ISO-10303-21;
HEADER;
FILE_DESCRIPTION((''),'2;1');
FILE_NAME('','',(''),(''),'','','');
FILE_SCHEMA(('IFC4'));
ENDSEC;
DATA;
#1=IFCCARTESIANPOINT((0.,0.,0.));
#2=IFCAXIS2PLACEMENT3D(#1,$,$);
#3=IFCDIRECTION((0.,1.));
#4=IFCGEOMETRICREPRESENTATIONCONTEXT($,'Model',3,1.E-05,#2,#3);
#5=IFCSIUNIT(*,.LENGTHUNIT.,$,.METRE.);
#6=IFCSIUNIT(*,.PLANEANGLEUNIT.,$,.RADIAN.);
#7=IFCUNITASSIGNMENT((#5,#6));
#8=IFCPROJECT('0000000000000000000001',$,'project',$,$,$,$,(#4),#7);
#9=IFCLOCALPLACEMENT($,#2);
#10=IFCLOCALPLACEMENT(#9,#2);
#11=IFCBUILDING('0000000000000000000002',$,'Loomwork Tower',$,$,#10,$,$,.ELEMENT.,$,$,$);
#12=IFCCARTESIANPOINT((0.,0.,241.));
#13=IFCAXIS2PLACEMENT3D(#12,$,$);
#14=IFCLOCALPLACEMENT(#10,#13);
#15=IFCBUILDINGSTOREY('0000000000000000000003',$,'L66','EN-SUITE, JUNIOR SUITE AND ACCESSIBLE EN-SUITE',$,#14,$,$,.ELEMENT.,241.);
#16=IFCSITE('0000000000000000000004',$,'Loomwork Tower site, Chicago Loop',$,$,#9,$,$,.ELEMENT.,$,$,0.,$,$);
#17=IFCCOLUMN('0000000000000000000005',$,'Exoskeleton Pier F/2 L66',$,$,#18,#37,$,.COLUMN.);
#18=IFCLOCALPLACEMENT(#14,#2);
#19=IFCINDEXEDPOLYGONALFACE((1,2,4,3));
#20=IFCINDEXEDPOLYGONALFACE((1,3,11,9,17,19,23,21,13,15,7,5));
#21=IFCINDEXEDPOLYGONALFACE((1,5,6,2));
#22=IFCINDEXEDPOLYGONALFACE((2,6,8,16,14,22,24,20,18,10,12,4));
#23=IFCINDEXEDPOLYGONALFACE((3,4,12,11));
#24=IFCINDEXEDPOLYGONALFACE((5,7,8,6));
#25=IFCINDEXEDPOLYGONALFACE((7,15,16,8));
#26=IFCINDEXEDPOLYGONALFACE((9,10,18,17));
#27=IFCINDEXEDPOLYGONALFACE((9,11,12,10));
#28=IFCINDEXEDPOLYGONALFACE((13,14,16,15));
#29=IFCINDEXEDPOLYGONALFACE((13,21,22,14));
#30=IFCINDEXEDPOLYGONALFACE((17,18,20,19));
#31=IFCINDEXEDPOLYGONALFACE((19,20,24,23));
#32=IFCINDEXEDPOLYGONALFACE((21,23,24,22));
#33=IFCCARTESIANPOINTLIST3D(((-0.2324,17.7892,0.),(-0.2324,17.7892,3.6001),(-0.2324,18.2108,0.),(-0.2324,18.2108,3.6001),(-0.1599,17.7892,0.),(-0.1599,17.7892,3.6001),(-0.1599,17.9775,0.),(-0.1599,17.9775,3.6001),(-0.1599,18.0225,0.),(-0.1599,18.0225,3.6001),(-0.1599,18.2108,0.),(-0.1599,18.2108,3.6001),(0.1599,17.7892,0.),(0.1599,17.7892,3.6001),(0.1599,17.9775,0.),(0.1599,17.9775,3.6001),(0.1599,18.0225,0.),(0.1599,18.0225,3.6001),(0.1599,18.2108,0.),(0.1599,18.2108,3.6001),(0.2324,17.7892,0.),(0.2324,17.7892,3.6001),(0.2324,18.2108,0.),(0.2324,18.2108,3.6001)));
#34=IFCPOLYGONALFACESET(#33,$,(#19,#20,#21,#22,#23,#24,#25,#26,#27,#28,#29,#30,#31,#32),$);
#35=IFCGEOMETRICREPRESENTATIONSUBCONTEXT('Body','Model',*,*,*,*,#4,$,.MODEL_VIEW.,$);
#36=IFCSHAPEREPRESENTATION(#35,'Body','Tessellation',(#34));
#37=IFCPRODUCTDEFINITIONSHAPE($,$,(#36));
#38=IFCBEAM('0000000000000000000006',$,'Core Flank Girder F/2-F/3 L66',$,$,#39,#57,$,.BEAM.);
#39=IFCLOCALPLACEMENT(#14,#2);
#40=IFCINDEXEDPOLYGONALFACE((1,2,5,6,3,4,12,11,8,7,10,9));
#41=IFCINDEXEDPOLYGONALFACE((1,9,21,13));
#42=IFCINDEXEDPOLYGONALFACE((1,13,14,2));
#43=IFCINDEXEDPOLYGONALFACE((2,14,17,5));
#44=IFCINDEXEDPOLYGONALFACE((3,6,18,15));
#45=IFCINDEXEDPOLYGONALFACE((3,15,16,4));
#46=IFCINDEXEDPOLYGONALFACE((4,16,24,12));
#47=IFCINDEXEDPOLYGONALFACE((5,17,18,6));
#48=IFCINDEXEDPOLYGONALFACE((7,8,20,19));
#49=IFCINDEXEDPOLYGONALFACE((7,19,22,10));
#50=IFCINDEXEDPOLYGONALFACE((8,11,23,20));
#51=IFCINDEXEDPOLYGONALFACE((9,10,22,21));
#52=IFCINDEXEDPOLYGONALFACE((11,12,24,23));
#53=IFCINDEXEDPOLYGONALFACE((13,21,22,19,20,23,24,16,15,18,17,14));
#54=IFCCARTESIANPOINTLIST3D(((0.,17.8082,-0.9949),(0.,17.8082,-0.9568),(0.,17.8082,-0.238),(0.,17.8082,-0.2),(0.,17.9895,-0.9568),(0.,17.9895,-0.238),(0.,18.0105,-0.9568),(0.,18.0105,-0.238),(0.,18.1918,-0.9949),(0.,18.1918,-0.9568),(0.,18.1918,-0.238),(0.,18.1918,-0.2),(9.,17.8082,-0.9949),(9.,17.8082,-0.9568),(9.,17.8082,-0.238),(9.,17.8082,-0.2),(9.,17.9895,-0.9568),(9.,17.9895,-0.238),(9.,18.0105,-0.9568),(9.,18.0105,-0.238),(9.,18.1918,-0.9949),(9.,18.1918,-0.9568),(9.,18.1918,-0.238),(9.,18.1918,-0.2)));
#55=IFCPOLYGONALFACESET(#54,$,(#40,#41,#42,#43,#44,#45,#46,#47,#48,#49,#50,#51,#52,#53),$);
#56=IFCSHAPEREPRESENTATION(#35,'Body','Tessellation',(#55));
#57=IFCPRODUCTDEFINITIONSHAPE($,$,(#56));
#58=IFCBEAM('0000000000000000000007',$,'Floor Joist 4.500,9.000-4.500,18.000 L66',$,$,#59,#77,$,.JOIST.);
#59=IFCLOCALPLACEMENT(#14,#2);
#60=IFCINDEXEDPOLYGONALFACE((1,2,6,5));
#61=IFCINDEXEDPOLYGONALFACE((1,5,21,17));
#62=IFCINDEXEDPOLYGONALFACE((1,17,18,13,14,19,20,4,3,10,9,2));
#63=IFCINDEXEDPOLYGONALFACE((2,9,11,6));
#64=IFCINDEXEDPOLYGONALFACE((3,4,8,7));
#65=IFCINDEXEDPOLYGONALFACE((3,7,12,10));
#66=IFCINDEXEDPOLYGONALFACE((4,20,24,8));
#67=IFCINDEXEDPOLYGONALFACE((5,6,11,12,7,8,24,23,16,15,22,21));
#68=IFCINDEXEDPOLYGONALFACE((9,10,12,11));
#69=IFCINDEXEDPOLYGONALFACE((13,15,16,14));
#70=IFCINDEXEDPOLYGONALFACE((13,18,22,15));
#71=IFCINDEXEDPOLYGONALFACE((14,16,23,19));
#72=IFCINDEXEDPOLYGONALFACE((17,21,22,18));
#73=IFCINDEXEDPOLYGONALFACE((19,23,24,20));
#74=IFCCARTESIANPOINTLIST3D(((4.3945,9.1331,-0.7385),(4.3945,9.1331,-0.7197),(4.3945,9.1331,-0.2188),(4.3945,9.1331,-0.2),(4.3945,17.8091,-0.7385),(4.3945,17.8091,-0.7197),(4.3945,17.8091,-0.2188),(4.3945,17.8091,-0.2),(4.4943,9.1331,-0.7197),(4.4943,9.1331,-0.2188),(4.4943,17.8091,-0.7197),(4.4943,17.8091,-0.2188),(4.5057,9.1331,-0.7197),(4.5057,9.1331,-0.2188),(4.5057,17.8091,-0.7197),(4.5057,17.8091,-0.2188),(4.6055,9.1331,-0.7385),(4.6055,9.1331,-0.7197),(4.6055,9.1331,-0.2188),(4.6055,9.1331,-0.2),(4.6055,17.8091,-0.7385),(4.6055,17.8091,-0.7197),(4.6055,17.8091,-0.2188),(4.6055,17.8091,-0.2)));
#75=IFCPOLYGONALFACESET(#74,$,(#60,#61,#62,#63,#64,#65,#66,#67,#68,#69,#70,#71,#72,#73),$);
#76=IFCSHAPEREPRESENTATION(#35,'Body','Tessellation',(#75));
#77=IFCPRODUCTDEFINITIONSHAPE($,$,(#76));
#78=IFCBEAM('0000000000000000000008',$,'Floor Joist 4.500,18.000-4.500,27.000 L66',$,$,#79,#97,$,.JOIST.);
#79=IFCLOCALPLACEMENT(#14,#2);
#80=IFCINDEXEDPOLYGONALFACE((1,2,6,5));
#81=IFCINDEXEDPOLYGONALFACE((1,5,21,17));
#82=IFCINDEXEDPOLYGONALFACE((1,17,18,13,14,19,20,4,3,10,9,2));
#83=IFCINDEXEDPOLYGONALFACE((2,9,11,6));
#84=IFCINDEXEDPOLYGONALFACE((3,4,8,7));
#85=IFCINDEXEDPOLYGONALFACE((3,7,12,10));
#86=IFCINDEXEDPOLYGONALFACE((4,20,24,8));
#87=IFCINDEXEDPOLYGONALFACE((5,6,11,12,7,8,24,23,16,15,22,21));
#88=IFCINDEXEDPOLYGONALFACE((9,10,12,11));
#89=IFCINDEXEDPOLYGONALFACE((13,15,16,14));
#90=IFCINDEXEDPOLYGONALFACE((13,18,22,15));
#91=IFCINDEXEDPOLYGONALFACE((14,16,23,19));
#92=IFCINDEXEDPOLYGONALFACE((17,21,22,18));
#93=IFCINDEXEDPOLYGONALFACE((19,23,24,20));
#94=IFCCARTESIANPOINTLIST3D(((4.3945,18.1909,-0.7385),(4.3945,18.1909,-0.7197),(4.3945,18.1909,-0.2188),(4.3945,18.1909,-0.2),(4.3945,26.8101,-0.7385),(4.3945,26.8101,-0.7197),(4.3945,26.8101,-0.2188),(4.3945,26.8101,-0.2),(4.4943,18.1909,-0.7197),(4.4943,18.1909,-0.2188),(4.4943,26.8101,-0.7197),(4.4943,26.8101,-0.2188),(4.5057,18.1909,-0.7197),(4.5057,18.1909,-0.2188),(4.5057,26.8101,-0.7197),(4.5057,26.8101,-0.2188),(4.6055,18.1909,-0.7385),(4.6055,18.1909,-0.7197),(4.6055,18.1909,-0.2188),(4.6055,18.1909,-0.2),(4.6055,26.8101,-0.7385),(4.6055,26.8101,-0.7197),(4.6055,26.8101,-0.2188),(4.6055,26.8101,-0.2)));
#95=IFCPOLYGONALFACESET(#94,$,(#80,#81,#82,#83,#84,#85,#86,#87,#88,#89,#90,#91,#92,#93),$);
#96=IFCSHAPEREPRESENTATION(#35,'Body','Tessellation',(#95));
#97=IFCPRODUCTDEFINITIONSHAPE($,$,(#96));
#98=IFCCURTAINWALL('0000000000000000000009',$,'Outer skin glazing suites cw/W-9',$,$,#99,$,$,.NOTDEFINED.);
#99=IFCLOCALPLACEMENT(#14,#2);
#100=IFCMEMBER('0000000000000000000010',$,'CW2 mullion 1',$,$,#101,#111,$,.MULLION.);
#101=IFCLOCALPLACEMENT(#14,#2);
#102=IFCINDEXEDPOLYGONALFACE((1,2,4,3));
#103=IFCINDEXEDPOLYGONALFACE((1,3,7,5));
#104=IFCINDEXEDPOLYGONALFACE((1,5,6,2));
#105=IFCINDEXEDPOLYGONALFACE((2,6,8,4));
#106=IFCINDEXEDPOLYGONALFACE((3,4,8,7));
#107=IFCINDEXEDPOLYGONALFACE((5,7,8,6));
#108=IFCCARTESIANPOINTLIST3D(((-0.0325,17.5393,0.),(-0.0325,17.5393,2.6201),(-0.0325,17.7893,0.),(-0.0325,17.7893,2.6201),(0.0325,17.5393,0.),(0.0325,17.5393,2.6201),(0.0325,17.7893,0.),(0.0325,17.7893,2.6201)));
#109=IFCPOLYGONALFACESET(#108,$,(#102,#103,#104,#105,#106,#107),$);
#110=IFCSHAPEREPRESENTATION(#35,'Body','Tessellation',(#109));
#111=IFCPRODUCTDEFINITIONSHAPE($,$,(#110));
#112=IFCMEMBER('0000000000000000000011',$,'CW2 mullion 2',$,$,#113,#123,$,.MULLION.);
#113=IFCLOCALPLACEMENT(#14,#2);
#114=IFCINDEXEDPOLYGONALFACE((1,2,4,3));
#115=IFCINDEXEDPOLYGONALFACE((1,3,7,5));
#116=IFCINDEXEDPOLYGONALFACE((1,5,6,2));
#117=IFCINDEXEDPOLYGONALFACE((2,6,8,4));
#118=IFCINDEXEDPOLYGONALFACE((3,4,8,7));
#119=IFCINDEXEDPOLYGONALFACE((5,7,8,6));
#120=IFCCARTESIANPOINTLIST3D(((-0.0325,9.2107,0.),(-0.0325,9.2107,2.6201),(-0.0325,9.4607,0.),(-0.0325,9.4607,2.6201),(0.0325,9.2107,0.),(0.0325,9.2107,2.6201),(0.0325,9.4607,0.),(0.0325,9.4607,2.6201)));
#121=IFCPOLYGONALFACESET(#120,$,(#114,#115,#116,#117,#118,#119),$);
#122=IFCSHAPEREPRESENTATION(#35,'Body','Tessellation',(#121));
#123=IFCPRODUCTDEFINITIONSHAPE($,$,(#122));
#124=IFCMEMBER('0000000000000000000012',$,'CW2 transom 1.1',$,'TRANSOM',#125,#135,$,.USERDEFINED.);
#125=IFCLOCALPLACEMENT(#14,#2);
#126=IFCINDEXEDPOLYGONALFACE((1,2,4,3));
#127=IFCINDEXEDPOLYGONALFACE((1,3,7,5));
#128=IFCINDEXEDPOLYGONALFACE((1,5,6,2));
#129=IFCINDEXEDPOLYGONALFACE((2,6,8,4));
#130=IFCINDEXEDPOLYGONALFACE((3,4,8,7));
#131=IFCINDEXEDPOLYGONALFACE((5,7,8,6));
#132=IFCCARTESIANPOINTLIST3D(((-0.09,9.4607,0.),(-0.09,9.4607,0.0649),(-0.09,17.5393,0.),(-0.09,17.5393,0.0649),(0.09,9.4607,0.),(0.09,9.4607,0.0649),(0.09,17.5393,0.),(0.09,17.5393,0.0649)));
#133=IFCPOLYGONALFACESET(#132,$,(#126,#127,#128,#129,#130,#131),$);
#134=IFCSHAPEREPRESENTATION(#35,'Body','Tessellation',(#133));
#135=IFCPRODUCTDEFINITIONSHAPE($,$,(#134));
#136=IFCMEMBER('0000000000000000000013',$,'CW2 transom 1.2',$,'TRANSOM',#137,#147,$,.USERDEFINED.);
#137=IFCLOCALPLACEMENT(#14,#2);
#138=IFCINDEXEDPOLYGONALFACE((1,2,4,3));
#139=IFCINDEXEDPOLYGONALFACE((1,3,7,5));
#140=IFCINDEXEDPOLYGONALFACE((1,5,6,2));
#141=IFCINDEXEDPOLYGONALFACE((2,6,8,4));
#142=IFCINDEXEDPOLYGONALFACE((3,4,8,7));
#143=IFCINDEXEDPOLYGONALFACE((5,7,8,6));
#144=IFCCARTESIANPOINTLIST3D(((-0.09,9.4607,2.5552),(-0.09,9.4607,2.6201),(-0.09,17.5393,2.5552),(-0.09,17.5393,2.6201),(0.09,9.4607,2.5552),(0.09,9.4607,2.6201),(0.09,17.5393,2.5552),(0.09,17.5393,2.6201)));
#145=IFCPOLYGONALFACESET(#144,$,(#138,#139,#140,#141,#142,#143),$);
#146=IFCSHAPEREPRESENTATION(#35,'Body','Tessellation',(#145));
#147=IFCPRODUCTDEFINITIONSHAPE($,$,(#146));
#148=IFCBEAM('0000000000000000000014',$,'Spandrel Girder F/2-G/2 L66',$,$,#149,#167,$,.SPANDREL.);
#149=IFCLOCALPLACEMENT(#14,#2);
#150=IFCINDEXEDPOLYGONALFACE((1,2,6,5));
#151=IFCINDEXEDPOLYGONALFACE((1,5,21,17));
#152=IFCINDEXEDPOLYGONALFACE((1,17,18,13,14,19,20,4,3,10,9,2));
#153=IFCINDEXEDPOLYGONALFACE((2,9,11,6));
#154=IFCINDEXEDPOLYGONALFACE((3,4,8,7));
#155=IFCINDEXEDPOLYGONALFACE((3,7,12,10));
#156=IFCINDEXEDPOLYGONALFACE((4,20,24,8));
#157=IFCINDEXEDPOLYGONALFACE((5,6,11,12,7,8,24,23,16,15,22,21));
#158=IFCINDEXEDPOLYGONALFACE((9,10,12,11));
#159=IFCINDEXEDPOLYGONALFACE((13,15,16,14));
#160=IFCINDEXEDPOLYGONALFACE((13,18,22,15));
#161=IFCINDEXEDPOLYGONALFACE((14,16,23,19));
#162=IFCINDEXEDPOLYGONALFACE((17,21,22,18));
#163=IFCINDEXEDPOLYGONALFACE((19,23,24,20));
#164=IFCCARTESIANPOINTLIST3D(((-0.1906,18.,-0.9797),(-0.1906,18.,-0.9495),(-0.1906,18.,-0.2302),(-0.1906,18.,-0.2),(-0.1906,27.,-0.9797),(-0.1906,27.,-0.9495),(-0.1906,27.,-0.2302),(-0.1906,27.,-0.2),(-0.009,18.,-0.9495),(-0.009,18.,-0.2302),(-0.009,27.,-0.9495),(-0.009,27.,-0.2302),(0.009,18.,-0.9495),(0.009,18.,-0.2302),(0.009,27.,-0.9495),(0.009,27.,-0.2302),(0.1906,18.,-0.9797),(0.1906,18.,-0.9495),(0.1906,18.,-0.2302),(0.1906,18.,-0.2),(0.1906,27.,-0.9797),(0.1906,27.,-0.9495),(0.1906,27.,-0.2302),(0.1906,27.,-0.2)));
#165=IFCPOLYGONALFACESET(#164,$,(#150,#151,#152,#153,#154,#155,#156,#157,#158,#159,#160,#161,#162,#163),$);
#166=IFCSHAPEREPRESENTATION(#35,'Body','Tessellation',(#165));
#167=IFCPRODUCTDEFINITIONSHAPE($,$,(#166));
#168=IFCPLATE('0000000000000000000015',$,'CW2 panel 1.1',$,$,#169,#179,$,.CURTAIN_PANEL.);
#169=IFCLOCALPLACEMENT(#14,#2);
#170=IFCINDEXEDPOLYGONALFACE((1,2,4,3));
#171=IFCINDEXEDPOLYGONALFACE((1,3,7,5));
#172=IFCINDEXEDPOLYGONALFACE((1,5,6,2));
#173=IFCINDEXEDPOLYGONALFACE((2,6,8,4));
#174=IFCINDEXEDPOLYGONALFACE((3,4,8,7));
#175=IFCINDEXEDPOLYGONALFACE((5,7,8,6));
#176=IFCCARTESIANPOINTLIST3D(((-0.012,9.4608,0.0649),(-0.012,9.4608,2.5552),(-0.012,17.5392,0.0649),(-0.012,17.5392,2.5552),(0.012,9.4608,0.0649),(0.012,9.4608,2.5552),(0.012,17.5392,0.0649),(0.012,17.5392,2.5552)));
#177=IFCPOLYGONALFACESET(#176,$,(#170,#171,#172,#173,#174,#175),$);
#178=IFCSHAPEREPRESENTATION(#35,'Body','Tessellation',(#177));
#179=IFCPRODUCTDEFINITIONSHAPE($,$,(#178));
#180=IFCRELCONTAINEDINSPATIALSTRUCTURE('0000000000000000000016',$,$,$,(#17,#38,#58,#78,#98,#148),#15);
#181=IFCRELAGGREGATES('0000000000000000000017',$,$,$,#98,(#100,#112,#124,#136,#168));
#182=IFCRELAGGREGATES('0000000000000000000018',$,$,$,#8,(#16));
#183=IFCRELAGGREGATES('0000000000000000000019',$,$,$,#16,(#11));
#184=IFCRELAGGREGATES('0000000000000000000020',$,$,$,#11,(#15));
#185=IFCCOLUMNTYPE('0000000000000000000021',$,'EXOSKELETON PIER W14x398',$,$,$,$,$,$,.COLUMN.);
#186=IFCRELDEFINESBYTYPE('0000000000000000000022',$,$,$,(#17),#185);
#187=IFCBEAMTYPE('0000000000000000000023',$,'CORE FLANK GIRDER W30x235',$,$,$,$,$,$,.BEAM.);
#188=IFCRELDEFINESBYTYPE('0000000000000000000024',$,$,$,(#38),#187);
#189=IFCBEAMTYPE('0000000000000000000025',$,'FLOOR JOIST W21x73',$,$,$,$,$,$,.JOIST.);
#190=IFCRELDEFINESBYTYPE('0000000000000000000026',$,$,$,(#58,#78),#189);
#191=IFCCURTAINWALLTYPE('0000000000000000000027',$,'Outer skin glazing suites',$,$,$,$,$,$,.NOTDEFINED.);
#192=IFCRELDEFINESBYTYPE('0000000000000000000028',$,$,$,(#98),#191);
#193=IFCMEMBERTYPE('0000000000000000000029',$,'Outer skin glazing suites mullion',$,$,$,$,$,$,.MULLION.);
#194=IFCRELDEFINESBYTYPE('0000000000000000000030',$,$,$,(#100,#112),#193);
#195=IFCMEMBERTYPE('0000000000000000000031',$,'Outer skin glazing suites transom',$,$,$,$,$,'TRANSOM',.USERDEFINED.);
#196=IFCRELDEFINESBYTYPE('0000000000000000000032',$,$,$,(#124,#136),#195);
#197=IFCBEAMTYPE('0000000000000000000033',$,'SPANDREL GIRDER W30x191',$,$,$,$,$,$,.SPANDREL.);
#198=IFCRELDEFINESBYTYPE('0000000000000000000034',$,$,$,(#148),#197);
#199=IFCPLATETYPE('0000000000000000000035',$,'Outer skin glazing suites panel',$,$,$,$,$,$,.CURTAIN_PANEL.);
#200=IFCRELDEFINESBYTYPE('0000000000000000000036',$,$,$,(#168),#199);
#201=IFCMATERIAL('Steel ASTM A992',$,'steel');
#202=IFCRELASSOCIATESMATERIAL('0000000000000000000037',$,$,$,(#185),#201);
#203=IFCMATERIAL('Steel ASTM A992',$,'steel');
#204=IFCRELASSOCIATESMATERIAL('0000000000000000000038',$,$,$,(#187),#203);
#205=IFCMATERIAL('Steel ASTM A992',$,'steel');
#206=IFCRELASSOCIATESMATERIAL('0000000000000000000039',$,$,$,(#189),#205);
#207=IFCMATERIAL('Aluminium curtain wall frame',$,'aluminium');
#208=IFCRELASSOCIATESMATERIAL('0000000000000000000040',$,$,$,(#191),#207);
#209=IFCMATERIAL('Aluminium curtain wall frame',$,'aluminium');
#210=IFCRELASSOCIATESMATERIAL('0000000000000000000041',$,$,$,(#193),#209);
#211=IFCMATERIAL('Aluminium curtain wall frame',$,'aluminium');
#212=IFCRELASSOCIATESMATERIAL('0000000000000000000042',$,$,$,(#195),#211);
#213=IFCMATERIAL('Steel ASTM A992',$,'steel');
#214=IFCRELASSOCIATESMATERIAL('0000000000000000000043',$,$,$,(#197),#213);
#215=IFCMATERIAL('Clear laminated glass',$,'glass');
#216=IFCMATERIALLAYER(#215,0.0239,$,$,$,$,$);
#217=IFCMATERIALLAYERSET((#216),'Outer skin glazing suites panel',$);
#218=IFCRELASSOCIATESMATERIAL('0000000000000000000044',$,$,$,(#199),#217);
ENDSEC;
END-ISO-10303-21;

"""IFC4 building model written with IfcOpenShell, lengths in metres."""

from ifc_helpers import new_model, si_unit, direction, frame, origin, origin_2d, place, context, subcontext, project, spatial, rectangle, i_section, extrude, material, layer, layer_set, material_profile, profile_set, type_object, element, aggregate, save


model = new_model("IFC4")

# Units and contexts
model_context = context("Model", 3, precision=1e-05, world=origin(), true_north=direction((0.0, 1.0)))
body_context = subcontext(model_context, "Body", "Model", "MODEL_VIEW")
ifc_project = project(units=[si_unit("LENGTHUNIT", "METRE"), si_unit("PLANEANGLEUNIT", "RADIAN")], contexts=[model_context])

# Site, building, storey
site_placement = place(None, origin())
site = spatial("IfcSite", under=ifc_project, at=site_placement, Name="Loomwork Tower site, Chicago Loop", CompositionType="ELEMENT", RefElevation=0.0)
building_placement = place(site_placement, origin())
building = spatial("IfcBuilding", under=site, at=building_placement, Name="Loomwork Tower", CompositionType="ELEMENT")
storey_placement = place(building_placement, frame((0.0, 0.0, 241.0)))
storey = spatial("IfcBuildingStorey", under=building, at=storey_placement, Name="L66", Description="EN-SUITE, JUNIOR SUITE AND ACCESSIBLE EN-SUITE", CompositionType="ELEMENT", Elevation=241.0)

# Column
ifc_material_1 = material(Name="Steel ASTM A992", Category="steel")
ifc_material_profile_1 = material_profile(ifc_material_1, i_section(OverallWidth=0.4216, OverallDepth=0.4648, WebThickness=0.0449, FlangeThickness=0.0725, at=origin_2d()), Name="W14x398")
ifc_profile_set_1 = profile_set([ifc_material_profile_1], Name="Steel ASTM A992")
column_type = type_object("IfcColumnType", Name="EXOSKELETON PIER W14x398", PredefinedType="COLUMN", material=ifc_profile_set_1)
column_placement = place(storey_placement, frame((0.0, 18.0, 0.0), z_axis=(0.0, 0.0, 1.0), x_axis=(0.0, 1.0, 0.0)))
element("IfcColumn", 1, at=column_placement, inside=storey, type_object=column_type, Name="Exoskeleton Pier F/2 L66", PredefinedType="COLUMN", context=body_context, shape_type="SweptSolid", body=[
    extrude(i_section(OverallWidth=0.4216, OverallDepth=0.4648, WebThickness=0.0449, FlangeThickness=0.0725, at=origin_2d()), origin(), (0.0, 0.0, 1.0), 3.6001),
])

# Beams
ifc_material_2 = material(Name="Steel ASTM A992", Category="steel")
ifc_material_profile_2 = material_profile(ifc_material_2, i_section(OverallWidth=0.3835, OverallDepth=0.7949, WebThickness=0.021, FlangeThickness=0.0381, at=origin_2d()), Name="W30x235")
ifc_profile_set_2 = profile_set([ifc_material_profile_2], Name="Steel ASTM A992")
beam_type_1 = type_object("IfcBeamType", Name="CORE FLANK GIRDER W30x235", PredefinedType="BEAM", material=ifc_profile_set_2)
beam_1_placement = place(storey_placement, frame((0.0, 18.0, -0.5974), z_axis=(1.0, 0.0, 0.0), x_axis=(0.0, 1.0, 0.0)))
element("IfcBeam", 2, at=beam_1_placement, inside=storey, type_object=beam_type_1, Name="Core Flank Girder F/2-F/3 L66", PredefinedType="BEAM", context=body_context, shape_type="SweptSolid", body=[
    extrude(i_section(OverallWidth=0.3835, OverallDepth=0.7949, WebThickness=0.021, FlangeThickness=0.0381, at=origin_2d()), origin(), (0.0, 0.0, 1.0), 9.0),
])
ifc_material_3 = material(Name="Steel ASTM A992", Category="steel")
ifc_material_profile_3 = material_profile(ifc_material_3, i_section(OverallWidth=0.2109, OverallDepth=0.5386, WebThickness=0.0115, FlangeThickness=0.0188, at=origin_2d()), Name="W21x73")
ifc_profile_set_3 = profile_set([ifc_material_profile_3], Name="Steel ASTM A992")
beam_type_2 = type_object("IfcBeamType", Name="FLOOR JOIST W21x73", PredefinedType="JOIST", material=ifc_profile_set_3)
beam_2_placement = place(storey_placement, frame((4.5, 9.1331, -0.4692), z_axis=(0.0, 1.0, 0.0), x_axis=(-1.0, 0.0, 0.0)))
element("IfcBeam", 3, at=beam_2_placement, inside=storey, type_object=beam_type_2, Name="Floor Joist 4.500,9.000-4.500,18.000 L66", PredefinedType="JOIST", context=body_context, shape_type="SweptSolid", body=[
    extrude(i_section(OverallWidth=0.2109, OverallDepth=0.5386, WebThickness=0.0115, FlangeThickness=0.0188, at=origin_2d()), origin(), (0.0, 0.0, 1.0), 8.676),
])
beam_3_placement = place(storey_placement, frame((4.5, 18.1909, -0.4692), z_axis=(0.0, 1.0, 0.0), x_axis=(-1.0, 0.0, 0.0)))
element("IfcBeam", 4, at=beam_3_placement, inside=storey, type_object=beam_type_2, Name="Floor Joist 4.500,18.000-4.500,27.000 L66", PredefinedType="JOIST", context=body_context, shape_type="SweptSolid", body=[
    extrude(i_section(OverallWidth=0.2109, OverallDepth=0.5386, WebThickness=0.0115, FlangeThickness=0.0188, at=origin_2d()), origin(), (0.0, 0.0, 1.0), 8.6191),
])

# Curtain wall, members
ifc_material_4 = material(Name="Aluminium curtain wall frame", Category="aluminium")
curtain_wall_type = type_object("IfcCurtainWallType", Name="Outer skin glazing suites", PredefinedType="NOTDEFINED", material=ifc_material_4)
curtain_wall_placement = place(storey_placement, origin())
curtain_wall = element("IfcCurtainWall", 5, at=curtain_wall_placement, inside=storey, type_object=curtain_wall_type, Name="Outer skin glazing suites cw/W-9", PredefinedType="NOTDEFINED")
ifc_material_5 = material(Name="Aluminium curtain wall frame", Category="aluminium")
ifc_material_profile_4 = material_profile(ifc_material_5, rectangle(XDim=0.0649, YDim=0.25, at=origin_2d()), Name="AL 65x250")
ifc_profile_set_4 = profile_set([ifc_material_profile_4], Name="Aluminium curtain wall frame")
member_type_1 = type_object("IfcMemberType", Name="Outer skin glazing suites mullion", PredefinedType="MULLION", material=ifc_profile_set_4)
member_1_placement = place(storey_placement, frame((0.0, 17.6643, 0.0), z_axis=(0.0, 0.0, 1.0), x_axis=(1.0, 0.0, 0.0)))
member_1 = element("IfcMember", 6, at=member_1_placement, type_object=member_type_1, Name="CW2 mullion 1", PredefinedType="MULLION", context=body_context, shape_type="SweptSolid", body=[
    extrude(rectangle(XDim=0.0649, YDim=0.25, at=origin_2d()), origin(), (0.0, 0.0, 1.0), 2.6201),
])
member_2_placement = place(storey_placement, frame((0.0, 9.3357, 0.0), z_axis=(0.0, 0.0, 1.0), x_axis=(1.0, 0.0, 0.0)))
member_2 = element("IfcMember", 7, at=member_2_placement, type_object=member_type_1, Name="CW2 mullion 2", PredefinedType="MULLION", context=body_context, shape_type="SweptSolid", body=[
    extrude(rectangle(XDim=0.0649, YDim=0.25, at=origin_2d()), origin(), (0.0, 0.0, 1.0), 2.6201),
])
ifc_material_6 = material(Name="Aluminium curtain wall frame", Category="aluminium")
ifc_material_profile_5 = material_profile(ifc_material_6, rectangle(XDim=0.1799, YDim=0.0649, at=origin_2d()), Name="AL 65x180")
ifc_profile_set_5 = profile_set([ifc_material_profile_5], Name="Aluminium curtain wall frame")
member_type_2 = type_object("IfcMemberType", Name="Outer skin glazing suites transom", ElementType="TRANSOM", PredefinedType="USERDEFINED", material=ifc_profile_set_5)
member_3_placement = place(storey_placement, frame((0.0, 17.5393, 0.0325), z_axis=(0.0, -1.0, 0.0), x_axis=(1.0, 0.0, 0.0)))
member_3 = element("IfcMember", 8, at=member_3_placement, type_object=member_type_2, Name="CW2 transom 1.1", ObjectType="TRANSOM", PredefinedType="USERDEFINED", context=body_context, shape_type="SweptSolid", body=[
    extrude(rectangle(XDim=0.1799, YDim=0.0649, at=origin_2d()), origin(), (0.0, 0.0, 1.0), 8.0786),
])
member_4_placement = place(storey_placement, frame((0.0, 17.5393, 2.5876), z_axis=(0.0, -1.0, 0.0), x_axis=(1.0, 0.0, 0.0)))
member_4 = element("IfcMember", 9, at=member_4_placement, type_object=member_type_2, Name="CW2 transom 1.2", ObjectType="TRANSOM", PredefinedType="USERDEFINED", context=body_context, shape_type="SweptSolid", body=[
    extrude(rectangle(XDim=0.1799, YDim=0.0649, at=origin_2d()), origin(), (0.0, 0.0, 1.0), 8.0786),
])

# Beam
ifc_material_7 = material(Name="Steel ASTM A992", Category="steel")
ifc_material_profile_6 = material_profile(ifc_material_7, i_section(OverallWidth=0.3811, OverallDepth=0.7798, WebThickness=0.0181, FlangeThickness=0.0303, at=origin_2d()), Name="W30x191")
ifc_profile_set_6 = profile_set([ifc_material_profile_6], Name="Steel ASTM A992")
beam_type_3 = type_object("IfcBeamType", Name="SPANDREL GIRDER W30x191", PredefinedType="SPANDREL", material=ifc_profile_set_6)
beam_4_placement = place(storey_placement, frame((0.0, 18.0, -0.5898), z_axis=(0.0, 1.0, 0.0), x_axis=(-1.0, 0.0, 0.0)))
element("IfcBeam", 10, at=beam_4_placement, inside=storey, type_object=beam_type_3, Name="Spandrel Girder F/2-G/2 L66", PredefinedType="SPANDREL", context=body_context, shape_type="SweptSolid", body=[
    extrude(i_section(OverallWidth=0.3811, OverallDepth=0.7798, WebThickness=0.0181, FlangeThickness=0.0303, at=origin_2d()), origin(), (0.0, 0.0, 1.0), 9.0),
])

# Plate
ifc_material_8 = material(Name="Clear laminated glass", Category="glass")
ifc_layer_1 = layer(ifc_material_8, 0.0239)
ifc_layer_set_1 = layer_set([ifc_layer_1], Name="Outer skin glazing suites panel")
plate_type = type_object("IfcPlateType", Name="Outer skin glazing suites panel", PredefinedType="CURTAIN_PANEL", material=ifc_layer_set_1)
plate_placement = place(storey_placement, frame((0.0, 13.5, 0.0649), z_axis=(0.0, 0.0, 1.0), x_axis=(0.0, -1.0, 0.0)))
plate = element("IfcPlate", 11, at=plate_placement, type_object=plate_type, Name="CW2 panel 1.1", PredefinedType="CURTAIN_PANEL", context=body_context, shape_type="SweptSolid", body=[
    extrude(rectangle(XDim=8.0784, YDim=0.0239, at=origin_2d()), origin(), (0.0, 0.0, 1.0), 2.4902),
])
aggregate(curtain_wall, [member_1, member_2, member_3, member_4, plate])

save(model, "model.ifc")
